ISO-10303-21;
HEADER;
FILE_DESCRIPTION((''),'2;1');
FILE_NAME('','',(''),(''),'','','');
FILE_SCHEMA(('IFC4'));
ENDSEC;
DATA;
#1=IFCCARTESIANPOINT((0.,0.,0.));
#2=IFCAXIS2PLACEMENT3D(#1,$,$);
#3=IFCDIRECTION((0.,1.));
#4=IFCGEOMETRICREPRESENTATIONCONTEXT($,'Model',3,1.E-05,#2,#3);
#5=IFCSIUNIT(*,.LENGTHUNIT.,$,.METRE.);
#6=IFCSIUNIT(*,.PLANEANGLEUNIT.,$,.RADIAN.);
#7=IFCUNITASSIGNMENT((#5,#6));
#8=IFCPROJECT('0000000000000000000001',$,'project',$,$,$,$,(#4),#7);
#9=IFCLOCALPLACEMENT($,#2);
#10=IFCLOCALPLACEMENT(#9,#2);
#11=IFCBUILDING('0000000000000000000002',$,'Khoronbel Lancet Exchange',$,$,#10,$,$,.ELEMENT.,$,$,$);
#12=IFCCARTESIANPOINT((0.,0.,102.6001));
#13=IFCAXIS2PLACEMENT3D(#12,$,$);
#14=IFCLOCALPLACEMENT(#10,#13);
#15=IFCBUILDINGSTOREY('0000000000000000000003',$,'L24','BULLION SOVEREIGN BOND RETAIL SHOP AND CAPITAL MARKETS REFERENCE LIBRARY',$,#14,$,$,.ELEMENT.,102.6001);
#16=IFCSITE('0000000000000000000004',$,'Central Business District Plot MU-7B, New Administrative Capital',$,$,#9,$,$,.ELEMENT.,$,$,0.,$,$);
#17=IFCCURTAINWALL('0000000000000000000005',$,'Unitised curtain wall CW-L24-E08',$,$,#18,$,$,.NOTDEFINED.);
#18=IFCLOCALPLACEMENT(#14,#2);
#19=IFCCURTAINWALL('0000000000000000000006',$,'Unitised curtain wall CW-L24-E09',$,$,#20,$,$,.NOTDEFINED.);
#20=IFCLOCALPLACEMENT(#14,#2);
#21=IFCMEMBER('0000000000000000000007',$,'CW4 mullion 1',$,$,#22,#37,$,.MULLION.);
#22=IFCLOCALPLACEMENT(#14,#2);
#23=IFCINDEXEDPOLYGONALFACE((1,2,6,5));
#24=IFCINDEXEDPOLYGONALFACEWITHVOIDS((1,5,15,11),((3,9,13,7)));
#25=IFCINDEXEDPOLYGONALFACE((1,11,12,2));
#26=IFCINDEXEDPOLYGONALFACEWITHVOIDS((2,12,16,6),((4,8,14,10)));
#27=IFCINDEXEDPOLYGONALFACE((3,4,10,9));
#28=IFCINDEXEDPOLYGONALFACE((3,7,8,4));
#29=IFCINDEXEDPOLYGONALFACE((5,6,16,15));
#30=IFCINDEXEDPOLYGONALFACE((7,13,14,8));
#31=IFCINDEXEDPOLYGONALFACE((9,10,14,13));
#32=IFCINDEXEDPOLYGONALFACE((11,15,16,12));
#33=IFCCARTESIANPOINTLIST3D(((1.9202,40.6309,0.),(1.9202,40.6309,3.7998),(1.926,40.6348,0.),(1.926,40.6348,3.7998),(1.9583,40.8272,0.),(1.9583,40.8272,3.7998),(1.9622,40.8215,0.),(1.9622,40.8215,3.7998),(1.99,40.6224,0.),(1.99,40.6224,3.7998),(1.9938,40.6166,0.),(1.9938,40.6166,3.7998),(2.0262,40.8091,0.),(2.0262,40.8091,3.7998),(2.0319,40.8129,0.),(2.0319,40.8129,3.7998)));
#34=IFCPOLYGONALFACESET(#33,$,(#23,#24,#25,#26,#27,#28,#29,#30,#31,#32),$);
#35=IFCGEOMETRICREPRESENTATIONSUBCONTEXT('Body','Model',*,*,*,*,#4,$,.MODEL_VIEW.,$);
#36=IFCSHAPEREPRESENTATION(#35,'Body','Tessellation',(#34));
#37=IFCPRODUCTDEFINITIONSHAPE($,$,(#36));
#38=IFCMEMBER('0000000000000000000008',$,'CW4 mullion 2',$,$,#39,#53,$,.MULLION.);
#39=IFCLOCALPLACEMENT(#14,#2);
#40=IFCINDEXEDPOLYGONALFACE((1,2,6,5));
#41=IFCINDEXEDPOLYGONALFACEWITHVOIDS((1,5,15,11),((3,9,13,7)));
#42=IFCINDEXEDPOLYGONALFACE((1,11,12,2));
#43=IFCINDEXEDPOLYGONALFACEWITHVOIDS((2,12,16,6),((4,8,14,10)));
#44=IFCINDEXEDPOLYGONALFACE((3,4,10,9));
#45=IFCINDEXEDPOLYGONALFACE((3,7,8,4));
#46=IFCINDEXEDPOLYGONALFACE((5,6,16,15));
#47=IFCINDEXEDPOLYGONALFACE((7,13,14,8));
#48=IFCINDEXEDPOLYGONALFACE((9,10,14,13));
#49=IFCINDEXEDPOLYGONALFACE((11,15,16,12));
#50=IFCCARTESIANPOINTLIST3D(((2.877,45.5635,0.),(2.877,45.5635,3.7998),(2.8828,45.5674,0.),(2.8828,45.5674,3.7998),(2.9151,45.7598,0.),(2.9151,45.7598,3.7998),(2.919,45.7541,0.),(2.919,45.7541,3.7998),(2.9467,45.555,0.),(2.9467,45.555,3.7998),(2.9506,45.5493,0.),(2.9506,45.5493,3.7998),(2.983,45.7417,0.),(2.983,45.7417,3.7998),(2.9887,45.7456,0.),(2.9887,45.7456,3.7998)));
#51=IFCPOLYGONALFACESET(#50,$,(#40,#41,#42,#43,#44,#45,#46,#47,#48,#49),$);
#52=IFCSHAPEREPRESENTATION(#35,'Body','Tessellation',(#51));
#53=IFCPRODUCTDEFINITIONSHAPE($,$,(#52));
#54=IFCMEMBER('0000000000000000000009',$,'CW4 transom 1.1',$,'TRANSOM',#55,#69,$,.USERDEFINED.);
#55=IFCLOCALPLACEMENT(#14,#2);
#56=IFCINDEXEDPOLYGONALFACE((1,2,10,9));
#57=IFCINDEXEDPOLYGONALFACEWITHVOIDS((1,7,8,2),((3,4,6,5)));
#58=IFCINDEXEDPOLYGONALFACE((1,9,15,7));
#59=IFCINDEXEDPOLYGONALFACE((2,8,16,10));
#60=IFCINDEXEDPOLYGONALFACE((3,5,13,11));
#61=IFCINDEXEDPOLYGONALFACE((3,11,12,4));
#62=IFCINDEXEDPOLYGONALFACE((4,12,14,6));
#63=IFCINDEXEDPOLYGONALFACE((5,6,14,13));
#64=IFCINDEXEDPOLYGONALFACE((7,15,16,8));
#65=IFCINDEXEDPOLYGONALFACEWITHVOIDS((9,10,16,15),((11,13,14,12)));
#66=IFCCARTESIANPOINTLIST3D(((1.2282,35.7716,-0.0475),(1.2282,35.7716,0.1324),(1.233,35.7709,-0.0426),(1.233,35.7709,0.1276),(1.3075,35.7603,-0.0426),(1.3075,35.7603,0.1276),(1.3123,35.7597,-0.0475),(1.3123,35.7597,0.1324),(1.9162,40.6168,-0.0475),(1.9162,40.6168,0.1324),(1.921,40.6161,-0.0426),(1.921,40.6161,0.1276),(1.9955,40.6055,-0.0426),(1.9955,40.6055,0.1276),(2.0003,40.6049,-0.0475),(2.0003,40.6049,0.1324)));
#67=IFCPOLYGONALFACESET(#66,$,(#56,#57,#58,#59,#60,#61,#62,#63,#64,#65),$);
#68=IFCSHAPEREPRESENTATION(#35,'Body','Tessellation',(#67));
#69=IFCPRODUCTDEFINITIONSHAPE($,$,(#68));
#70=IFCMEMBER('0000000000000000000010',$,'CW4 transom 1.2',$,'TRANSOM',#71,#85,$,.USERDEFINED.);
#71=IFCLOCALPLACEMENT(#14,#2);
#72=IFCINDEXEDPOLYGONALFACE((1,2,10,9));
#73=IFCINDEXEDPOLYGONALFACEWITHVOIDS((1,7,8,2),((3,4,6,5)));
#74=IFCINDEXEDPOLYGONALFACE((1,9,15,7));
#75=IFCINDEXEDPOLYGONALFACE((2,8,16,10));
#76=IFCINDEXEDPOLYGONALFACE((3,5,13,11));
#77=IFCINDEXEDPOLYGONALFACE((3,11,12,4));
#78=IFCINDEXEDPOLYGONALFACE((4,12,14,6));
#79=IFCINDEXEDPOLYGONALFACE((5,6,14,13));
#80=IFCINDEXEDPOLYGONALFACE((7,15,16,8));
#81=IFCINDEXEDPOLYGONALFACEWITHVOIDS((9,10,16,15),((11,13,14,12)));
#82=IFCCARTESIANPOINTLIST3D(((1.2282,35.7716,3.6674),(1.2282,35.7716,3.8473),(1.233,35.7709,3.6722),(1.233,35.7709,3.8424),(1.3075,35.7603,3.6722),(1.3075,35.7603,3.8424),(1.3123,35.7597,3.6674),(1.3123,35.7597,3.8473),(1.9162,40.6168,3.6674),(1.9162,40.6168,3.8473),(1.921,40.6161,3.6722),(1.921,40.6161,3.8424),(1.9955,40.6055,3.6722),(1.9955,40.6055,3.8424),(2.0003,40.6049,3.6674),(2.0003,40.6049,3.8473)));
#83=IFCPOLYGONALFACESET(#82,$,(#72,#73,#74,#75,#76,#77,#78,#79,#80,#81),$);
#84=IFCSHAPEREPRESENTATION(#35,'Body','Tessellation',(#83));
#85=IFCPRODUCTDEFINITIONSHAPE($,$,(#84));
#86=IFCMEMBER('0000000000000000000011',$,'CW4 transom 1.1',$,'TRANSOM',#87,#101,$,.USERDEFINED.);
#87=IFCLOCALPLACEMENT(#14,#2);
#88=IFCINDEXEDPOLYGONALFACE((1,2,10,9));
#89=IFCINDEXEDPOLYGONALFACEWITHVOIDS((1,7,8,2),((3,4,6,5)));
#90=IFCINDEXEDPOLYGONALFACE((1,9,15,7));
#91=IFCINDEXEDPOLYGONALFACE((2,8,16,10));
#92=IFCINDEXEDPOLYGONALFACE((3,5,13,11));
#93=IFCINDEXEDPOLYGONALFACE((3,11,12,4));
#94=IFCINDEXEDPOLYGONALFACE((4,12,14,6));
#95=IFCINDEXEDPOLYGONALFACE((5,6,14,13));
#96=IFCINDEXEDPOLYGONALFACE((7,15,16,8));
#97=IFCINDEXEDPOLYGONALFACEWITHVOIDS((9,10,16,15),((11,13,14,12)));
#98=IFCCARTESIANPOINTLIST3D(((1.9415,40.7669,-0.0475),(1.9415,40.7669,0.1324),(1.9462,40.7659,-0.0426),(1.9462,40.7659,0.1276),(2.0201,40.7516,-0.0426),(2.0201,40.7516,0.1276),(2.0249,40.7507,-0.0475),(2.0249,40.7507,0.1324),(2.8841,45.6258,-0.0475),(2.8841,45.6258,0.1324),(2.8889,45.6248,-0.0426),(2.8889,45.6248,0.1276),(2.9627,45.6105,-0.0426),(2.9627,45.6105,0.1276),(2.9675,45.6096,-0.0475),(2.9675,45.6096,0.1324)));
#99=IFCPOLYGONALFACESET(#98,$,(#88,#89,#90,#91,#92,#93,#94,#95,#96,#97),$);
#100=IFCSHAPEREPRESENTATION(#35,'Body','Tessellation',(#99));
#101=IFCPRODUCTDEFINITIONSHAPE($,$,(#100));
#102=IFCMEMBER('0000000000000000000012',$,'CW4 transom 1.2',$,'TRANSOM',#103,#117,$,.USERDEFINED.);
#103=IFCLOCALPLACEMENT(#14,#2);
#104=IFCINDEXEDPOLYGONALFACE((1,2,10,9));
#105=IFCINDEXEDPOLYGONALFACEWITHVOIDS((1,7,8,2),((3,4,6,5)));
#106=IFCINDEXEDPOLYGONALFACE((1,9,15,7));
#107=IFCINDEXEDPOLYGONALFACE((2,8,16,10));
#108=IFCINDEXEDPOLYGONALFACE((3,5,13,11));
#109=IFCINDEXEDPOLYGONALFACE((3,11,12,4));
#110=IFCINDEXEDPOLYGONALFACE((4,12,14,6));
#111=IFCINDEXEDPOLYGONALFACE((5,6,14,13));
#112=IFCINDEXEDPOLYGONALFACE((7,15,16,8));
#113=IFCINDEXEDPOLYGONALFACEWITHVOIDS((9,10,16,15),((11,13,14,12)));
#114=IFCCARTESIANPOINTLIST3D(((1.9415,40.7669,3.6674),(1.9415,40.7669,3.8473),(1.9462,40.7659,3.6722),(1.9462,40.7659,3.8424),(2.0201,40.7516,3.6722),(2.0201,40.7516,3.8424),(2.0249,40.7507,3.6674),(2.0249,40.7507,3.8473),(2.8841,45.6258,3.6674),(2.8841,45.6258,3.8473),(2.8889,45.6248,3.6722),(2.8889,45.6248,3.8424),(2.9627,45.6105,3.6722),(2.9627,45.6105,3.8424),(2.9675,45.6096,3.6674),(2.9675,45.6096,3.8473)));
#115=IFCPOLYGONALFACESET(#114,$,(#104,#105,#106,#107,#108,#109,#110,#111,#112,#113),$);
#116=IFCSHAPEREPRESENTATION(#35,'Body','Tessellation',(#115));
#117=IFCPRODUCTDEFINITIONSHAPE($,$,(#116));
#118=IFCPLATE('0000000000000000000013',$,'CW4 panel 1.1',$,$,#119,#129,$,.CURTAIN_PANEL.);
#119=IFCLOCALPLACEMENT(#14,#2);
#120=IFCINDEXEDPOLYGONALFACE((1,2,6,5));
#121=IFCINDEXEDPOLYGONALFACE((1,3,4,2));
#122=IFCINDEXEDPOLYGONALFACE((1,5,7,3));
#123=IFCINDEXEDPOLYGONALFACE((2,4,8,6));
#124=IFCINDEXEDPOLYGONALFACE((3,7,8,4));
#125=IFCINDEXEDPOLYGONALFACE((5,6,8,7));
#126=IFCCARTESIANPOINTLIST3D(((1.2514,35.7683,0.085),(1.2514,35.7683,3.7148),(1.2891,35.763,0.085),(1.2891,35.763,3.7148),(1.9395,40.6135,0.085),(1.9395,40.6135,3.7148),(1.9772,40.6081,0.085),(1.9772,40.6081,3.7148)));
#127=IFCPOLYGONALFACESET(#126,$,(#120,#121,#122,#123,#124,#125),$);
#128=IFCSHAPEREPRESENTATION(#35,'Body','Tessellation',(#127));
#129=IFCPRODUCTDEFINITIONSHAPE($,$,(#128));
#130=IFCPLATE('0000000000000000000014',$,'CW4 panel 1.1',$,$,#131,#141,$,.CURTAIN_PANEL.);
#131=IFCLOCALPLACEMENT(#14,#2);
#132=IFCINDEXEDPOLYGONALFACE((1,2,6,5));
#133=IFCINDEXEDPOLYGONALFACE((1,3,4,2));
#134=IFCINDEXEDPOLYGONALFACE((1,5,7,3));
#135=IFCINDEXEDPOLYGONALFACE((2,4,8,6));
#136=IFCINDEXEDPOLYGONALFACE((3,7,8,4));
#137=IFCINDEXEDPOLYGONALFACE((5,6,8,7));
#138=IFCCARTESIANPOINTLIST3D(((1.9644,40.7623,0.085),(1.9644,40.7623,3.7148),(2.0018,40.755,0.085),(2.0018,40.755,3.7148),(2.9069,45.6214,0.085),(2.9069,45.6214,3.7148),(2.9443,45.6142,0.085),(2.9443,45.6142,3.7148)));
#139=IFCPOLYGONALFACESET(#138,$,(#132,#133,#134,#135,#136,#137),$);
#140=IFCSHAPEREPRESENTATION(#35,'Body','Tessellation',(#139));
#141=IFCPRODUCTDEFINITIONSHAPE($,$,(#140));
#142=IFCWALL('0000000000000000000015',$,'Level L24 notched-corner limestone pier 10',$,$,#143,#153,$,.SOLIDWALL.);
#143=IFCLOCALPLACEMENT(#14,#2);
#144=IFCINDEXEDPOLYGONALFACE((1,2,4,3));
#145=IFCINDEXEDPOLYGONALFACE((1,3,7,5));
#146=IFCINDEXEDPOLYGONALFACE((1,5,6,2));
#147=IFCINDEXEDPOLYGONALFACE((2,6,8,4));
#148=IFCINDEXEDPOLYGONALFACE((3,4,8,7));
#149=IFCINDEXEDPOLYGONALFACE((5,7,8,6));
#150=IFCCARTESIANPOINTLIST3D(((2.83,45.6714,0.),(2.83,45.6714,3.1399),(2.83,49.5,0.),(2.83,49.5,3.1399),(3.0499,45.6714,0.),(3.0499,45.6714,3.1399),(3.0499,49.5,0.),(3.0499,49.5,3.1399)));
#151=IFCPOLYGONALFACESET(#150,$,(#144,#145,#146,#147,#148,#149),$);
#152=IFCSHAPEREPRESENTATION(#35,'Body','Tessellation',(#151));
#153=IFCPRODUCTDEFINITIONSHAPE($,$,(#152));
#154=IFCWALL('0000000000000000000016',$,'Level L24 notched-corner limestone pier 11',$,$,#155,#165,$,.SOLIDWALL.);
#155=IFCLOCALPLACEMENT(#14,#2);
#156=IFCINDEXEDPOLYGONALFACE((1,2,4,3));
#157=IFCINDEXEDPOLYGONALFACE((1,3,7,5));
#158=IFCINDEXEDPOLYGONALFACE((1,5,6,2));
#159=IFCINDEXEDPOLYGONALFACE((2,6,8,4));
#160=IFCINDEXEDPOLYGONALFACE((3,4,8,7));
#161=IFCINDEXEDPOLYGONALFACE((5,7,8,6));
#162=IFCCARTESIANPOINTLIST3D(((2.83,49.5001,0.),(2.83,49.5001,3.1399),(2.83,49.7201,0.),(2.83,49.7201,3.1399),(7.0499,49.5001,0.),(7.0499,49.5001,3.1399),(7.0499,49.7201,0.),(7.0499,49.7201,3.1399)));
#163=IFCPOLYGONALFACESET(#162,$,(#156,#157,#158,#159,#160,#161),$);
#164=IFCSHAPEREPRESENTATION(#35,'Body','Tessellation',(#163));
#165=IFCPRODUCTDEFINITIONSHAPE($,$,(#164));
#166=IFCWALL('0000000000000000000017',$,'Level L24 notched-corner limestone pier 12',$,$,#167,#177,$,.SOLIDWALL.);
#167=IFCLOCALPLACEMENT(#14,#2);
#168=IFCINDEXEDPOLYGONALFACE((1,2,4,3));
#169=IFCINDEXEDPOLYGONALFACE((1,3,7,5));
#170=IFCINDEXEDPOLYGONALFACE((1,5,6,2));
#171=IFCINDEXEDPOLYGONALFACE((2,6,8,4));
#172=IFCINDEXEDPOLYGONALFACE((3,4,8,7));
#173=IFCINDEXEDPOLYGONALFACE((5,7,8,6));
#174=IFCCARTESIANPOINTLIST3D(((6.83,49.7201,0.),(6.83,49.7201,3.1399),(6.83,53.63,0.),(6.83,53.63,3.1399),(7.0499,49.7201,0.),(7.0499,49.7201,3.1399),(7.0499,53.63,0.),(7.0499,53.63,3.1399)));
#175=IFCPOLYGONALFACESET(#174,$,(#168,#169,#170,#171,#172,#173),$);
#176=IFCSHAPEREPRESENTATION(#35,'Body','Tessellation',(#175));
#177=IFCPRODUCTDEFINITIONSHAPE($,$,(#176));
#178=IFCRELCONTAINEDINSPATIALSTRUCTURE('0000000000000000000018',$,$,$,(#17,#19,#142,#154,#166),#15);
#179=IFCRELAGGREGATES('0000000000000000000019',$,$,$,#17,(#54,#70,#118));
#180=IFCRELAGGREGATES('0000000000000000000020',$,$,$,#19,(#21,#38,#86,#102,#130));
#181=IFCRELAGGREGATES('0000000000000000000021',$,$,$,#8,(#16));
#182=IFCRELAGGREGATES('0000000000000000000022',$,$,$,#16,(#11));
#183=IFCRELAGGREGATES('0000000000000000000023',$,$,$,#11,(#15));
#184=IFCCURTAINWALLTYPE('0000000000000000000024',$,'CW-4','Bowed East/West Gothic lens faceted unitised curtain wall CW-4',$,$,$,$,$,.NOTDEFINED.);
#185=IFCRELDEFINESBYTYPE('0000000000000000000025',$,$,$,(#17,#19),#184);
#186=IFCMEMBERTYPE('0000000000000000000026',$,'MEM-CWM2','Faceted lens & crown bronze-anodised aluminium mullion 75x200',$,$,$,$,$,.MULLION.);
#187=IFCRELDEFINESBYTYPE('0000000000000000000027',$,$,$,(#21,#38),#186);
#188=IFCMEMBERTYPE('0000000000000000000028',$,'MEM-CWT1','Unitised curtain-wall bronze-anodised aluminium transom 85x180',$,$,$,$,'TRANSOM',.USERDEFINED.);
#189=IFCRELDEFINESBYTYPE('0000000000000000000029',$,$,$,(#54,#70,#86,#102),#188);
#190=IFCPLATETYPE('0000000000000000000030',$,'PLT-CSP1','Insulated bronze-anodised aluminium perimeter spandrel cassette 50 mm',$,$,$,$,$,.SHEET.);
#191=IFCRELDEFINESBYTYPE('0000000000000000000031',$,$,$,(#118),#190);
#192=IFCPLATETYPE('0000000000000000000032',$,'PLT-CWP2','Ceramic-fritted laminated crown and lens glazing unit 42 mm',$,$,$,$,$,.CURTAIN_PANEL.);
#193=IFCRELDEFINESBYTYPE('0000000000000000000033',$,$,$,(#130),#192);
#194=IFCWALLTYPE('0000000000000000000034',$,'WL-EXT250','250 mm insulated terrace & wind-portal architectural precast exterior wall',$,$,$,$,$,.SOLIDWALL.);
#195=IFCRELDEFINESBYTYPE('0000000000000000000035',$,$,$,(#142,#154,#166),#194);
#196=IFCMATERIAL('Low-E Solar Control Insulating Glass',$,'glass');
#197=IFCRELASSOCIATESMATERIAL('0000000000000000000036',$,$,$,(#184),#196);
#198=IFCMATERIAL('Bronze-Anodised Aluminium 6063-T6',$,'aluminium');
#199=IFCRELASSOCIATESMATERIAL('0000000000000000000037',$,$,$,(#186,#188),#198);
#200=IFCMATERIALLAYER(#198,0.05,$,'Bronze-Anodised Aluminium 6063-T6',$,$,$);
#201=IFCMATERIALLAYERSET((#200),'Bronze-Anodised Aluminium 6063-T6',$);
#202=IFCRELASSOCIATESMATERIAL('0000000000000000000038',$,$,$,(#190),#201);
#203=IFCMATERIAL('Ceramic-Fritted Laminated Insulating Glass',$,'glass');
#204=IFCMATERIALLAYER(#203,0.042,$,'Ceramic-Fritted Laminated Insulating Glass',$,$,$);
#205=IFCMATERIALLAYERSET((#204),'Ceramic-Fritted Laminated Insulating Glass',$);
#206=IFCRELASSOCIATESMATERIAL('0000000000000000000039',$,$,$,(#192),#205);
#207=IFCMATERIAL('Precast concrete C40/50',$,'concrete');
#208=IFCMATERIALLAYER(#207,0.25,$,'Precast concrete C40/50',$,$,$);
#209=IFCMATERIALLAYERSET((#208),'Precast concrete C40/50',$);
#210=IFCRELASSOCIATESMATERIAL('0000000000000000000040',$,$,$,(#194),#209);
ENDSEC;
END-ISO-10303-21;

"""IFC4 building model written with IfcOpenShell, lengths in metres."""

from ifc_helpers import new_model, si_unit, direction, frame, frame_2d, origin, origin_2d, place, context, subcontext, project, spatial, rectangle, hollow_rectangle, extrude, material, layer, layer_set, material_profile, profile_set, type_object, element, aggregate, save


model = new_model("IFC4")

# Units and contexts
model_context = context("Model", 3, precision=1e-05, world=origin(), true_north=direction((0.0, 1.0)))
body_context = subcontext(model_context, "Body", "Model", "MODEL_VIEW")
ifc_project = project(units=[si_unit("LENGTHUNIT", "METRE"), si_unit("PLANEANGLEUNIT", "RADIAN")], contexts=[model_context])

# Site, building, storey
site_placement = place(None, origin())
site = spatial("IfcSite", under=ifc_project, at=site_placement, Name="Central Business District Plot MU-7B, New Administrative Capital", CompositionType="ELEMENT", RefElevation=0.0)
building_placement = place(site_placement, origin())
building = spatial("IfcBuilding", under=site, at=building_placement, Name="Khoronbel Lancet Exchange", CompositionType="ELEMENT")
storey_placement = place(building_placement, frame((0.0, 0.0, 102.6001)))
storey = spatial("IfcBuildingStorey", under=building, at=storey_placement, Name="L24", Description="BULLION SOVEREIGN BOND RETAIL SHOP AND CAPITAL MARKETS REFERENCE LIBRARY", CompositionType="ELEMENT", Elevation=102.6001)

# Shared definitions
ifc_material_1 = material(Name="Low-E Solar Control Insulating Glass", Category="glass")
ifc_material_2 = material(Name="Bronze-Anodised Aluminium 6063-T6", Category="aluminium")

# Curtain walls, members
curtain_wall_type_1 = type_object("IfcCurtainWallType", Name="CW-4", Description="Bowed East/West Gothic lens faceted unitised curtain wall CW-4", PredefinedType="NOTDEFINED", material=ifc_material_1)
curtain_wall_1_placement = place(storey_placement, origin())
curtain_wall_1 = element("IfcCurtainWall", 1, at=curtain_wall_1_placement, inside=storey, type_object=curtain_wall_type_1, Name="Unitised curtain wall CW-L24-E08", PredefinedType="NOTDEFINED")
ifc_material_profile_1 = material_profile(ifc_material_2, hollow_rectangle(XDim=0.075, YDim=0.2, WallThickness=0.0049, at=origin_2d()), Name="ALU MULLION 75x200")
ifc_profile_set_1 = profile_set([ifc_material_profile_1], Name="Bronze-Anodised Aluminium 6063-T6")
member_type_1 = type_object("IfcMemberType", Name="MEM-CWM2", Description="Faceted lens & crown bronze-anodised aluminium mullion 75x200", PredefinedType="MULLION", material=ifc_profile_set_1)
curtain_wall_2_placement = place(storey_placement, origin())
curtain_wall_2 = element("IfcCurtainWall", 2, at=curtain_wall_2_placement, inside=storey, type_object=curtain_wall_type_1, Name="Unitised curtain wall CW-L24-E09", PredefinedType="NOTDEFINED")
member_1_placement = place(storey_placement, frame((1.9761, 40.7219, 0.0), z_axis=(0.0, 0.0, 1.0), x_axis=(-0.981702, 0.190426, 0.0)))
member_1 = element("IfcMember", 3, at=member_1_placement, type_object=member_type_1, Name="CW4 mullion 1", PredefinedType="MULLION", context=body_context, shape_type="SweptSolid", body=[
    extrude(hollow_rectangle(XDim=0.075, YDim=0.2, WallThickness=0.0049, at=origin_2d()), origin(), (0.0, 0.0, 1.0), 3.7998),
])
member_2_placement = place(storey_placement, frame((2.9329, 45.6545, 0.0), z_axis=(0.0, 0.0, 1.0), x_axis=(-0.981702, 0.190426, 0.0)))
member_2 = element("IfcMember", 4, at=member_2_placement, type_object=member_type_1, Name="CW4 mullion 2", PredefinedType="MULLION", context=body_context, shape_type="SweptSolid", body=[
    extrude(hollow_rectangle(XDim=0.075, YDim=0.2, WallThickness=0.0049, at=origin_2d()), origin(), (0.0, 0.0, 1.0), 3.7998),
])

# Members
ifc_material_profile_2 = material_profile(ifc_material_2, hollow_rectangle(XDim=0.085, YDim=0.1799, WallThickness=0.0049, at=origin_2d()), Name="ALU TRANSOM 85x180")
ifc_profile_set_2 = profile_set([ifc_material_profile_2], Name="Bronze-Anodised Aluminium 6063-T6")
member_type_2 = type_object("IfcMemberType", Name="MEM-CWT1", Description="Unitised curtain-wall bronze-anodised aluminium transom 85x180", ElementType="TRANSOM", PredefinedType="USERDEFINED", material=ifc_profile_set_2)
member_3_placement = place(storey_placement, frame((1.2703, 35.7656, 0.0425), z_axis=(0.140583, 0.990069, 0.0), x_axis=(-0.990069, 0.140583, 0.0)))
member_3 = element("IfcMember", 5, at=member_3_placement, type_object=member_type_2, Name="CW4 transom 1.1", ObjectType="TRANSOM", PredefinedType="USERDEFINED", context=body_context, shape_type="SweptSolid", body=[
    extrude(hollow_rectangle(XDim=0.085, YDim=0.1799, WallThickness=0.0049, at=origin_2d()), origin(), (0.0, 0.0, 1.0), 4.8938),
])
member_4_placement = place(storey_placement, frame((1.2703, 35.7656, 3.7573), z_axis=(0.140583, 0.990069, 0.0), x_axis=(-0.990069, 0.140583, 0.0)))
member_4 = element("IfcMember", 6, at=member_4_placement, type_object=member_type_2, Name="CW4 transom 1.2", ObjectType="TRANSOM", PredefinedType="USERDEFINED", context=body_context, shape_type="SweptSolid", body=[
    extrude(hollow_rectangle(XDim=0.085, YDim=0.1799, WallThickness=0.0049, at=origin_2d()), origin(), (0.0, 0.0, 1.0), 4.8938),
])
member_5_placement = place(storey_placement, frame((1.9832, 40.7588, 0.0425), z_axis=(0.19045, 0.981697, 0.0), x_axis=(-0.981697, 0.19045, 0.0)))
member_5 = element("IfcMember", 7, at=member_5_placement, type_object=member_type_2, Name="CW4 transom 1.1", ObjectType="TRANSOM", PredefinedType="USERDEFINED", context=body_context, shape_type="SweptSolid", body=[
    extrude(hollow_rectangle(XDim=0.085, YDim=0.1799, WallThickness=0.0049, at=origin_2d()), origin(), (0.0, 0.0, 1.0), 4.9495),
])
member_6_placement = place(storey_placement, frame((1.9832, 40.7588, 3.7573), z_axis=(0.19045, 0.981697, 0.0), x_axis=(-0.981697, 0.19045, 0.0)))
member_6 = element("IfcMember", 8, at=member_6_placement, type_object=member_type_2, Name="CW4 transom 1.2", ObjectType="TRANSOM", PredefinedType="USERDEFINED", context=body_context, shape_type="SweptSolid", body=[
    extrude(hollow_rectangle(XDim=0.085, YDim=0.1799, WallThickness=0.0049, at=origin_2d()), origin(), (0.0, 0.0, 1.0), 4.9495),
])

# Plates
ifc_layer_1 = layer(ifc_material_2, 0.05, Name="Bronze-Anodised Aluminium 6063-T6")
ifc_layer_set_1 = layer_set([ifc_layer_1], Name="Bronze-Anodised Aluminium 6063-T6")
plate_type_1 = type_object("IfcPlateType", Name="PLT-CSP1", Description="Insulated bronze-anodised aluminium perimeter spandrel cassette 50 mm", PredefinedType="SHEET", material=ifc_layer_set_1)
plate_1_placement = place(storey_placement, frame((1.6143, 38.1882, 0.085), z_axis=(0.0, 0.0, 1.0), x_axis=(0.140605, 0.990066, 0.0)))
plate_1 = element("IfcPlate", 9, at=plate_1_placement, type_object=plate_type_1, Name="CW4 panel 1.1", PredefinedType="CURTAIN_PANEL", context=body_context, shape_type="SweptSolid", body=[
    extrude(rectangle(XDim=4.8938, YDim=0.0381, at=origin_2d()), origin(), (0.0, 0.0, 1.0), 3.6299),
])
aggregate(curtain_wall_1, [member_3, member_4, plate_1])
ifc_material_3 = material(Name="Ceramic-Fritted Laminated Insulating Glass", Category="glass")
ifc_layer_2 = layer(ifc_material_3, 0.042, Name="Ceramic-Fritted Laminated Insulating Glass")
ifc_layer_set_2 = layer_set([ifc_layer_2], Name="Ceramic-Fritted Laminated Insulating Glass")
plate_type_2 = type_object("IfcPlateType", Name="PLT-CWP2", Description="Ceramic-fritted laminated crown and lens glazing unit 42 mm", PredefinedType="CURTAIN_PANEL", material=ifc_layer_set_2)
plate_2_placement = place(storey_placement, frame((2.4543, 43.1882, 0.085), z_axis=(0.0, 0.0, 1.0), x_axis=(0.190426, 0.981702, 0.0)))
plate_2 = element("IfcPlate", 10, at=plate_2_placement, type_object=plate_type_2, Name="CW4 panel 1.1", PredefinedType="CURTAIN_PANEL", context=body_context, shape_type="SweptSolid", body=[
    extrude(rectangle(XDim=4.9497, YDim=0.0381, at=origin_2d()), origin(), (0.0, 0.0, 1.0), 3.6299),
])
aggregate(curtain_wall_2, [member_1, member_2, member_5, member_6, plate_2])

# Walls
ifc_material_4 = material(Name="Precast concrete C40/50", Category="concrete")
ifc_layer_3 = layer(ifc_material_4, 0.25, Name="Precast concrete C40/50")
ifc_layer_set_3 = layer_set([ifc_layer_3], Name="Precast concrete C40/50")
wall_type_1 = type_object("IfcWallType", Name="WL-EXT250", Description="250 mm insulated terrace & wind-portal architectural precast exterior wall", PredefinedType="SOLIDWALL", material=ifc_layer_set_3)
wall_1_placement = place(storey_placement, frame((2.9399, 45.6714, 0.0), z_axis=(0.0, 0.0, 1.0), x_axis=(0.0, 1.0, 0.0)))
element("IfcWall", 11, at=wall_1_placement, inside=storey, type_object=wall_type_1, Name="Level L24 notched-corner limestone pier 10", PredefinedType="SOLIDWALL", context=body_context, shape_type="SweptSolid", body=[
    extrude(rectangle(XDim=3.8286, YDim=0.22, at=frame_2d((1.9143, 0.0))), origin(), (0.0, 0.0, 1.0), 3.1399),
])
wall_2_placement = place(storey_placement, frame((2.8301, 49.6101, 0.0), z_axis=(0.0, 0.0, 1.0), x_axis=(1.0, 0.0, 0.0)))
element("IfcWall", 12, at=wall_2_placement, inside=storey, type_object=wall_type_1, Name="Level L24 notched-corner limestone pier 11", PredefinedType="SOLIDWALL", context=body_context, shape_type="SweptSolid", body=[
    extrude(rectangle(XDim=4.22, YDim=0.22, at=frame_2d((2.1099, 0.0))), origin(), (0.0, 0.0, 1.0), 3.1399),
])
wall_3_placement = place(storey_placement, frame((6.9399, 49.72, 0.0), z_axis=(0.0, 0.0, 1.0), x_axis=(0.0, 1.0, 0.0)))
element("IfcWall", 13, at=wall_3_placement, inside=storey, type_object=wall_type_1, Name="Level L24 notched-corner limestone pier 12", PredefinedType="SOLIDWALL", context=body_context, shape_type="SweptSolid", body=[
    extrude(rectangle(XDim=3.9099, YDim=0.22, at=frame_2d((1.9551, 0.0))), origin(), (0.0, 0.0, 1.0), 3.1399),
])

save(model, "model.ifc")
